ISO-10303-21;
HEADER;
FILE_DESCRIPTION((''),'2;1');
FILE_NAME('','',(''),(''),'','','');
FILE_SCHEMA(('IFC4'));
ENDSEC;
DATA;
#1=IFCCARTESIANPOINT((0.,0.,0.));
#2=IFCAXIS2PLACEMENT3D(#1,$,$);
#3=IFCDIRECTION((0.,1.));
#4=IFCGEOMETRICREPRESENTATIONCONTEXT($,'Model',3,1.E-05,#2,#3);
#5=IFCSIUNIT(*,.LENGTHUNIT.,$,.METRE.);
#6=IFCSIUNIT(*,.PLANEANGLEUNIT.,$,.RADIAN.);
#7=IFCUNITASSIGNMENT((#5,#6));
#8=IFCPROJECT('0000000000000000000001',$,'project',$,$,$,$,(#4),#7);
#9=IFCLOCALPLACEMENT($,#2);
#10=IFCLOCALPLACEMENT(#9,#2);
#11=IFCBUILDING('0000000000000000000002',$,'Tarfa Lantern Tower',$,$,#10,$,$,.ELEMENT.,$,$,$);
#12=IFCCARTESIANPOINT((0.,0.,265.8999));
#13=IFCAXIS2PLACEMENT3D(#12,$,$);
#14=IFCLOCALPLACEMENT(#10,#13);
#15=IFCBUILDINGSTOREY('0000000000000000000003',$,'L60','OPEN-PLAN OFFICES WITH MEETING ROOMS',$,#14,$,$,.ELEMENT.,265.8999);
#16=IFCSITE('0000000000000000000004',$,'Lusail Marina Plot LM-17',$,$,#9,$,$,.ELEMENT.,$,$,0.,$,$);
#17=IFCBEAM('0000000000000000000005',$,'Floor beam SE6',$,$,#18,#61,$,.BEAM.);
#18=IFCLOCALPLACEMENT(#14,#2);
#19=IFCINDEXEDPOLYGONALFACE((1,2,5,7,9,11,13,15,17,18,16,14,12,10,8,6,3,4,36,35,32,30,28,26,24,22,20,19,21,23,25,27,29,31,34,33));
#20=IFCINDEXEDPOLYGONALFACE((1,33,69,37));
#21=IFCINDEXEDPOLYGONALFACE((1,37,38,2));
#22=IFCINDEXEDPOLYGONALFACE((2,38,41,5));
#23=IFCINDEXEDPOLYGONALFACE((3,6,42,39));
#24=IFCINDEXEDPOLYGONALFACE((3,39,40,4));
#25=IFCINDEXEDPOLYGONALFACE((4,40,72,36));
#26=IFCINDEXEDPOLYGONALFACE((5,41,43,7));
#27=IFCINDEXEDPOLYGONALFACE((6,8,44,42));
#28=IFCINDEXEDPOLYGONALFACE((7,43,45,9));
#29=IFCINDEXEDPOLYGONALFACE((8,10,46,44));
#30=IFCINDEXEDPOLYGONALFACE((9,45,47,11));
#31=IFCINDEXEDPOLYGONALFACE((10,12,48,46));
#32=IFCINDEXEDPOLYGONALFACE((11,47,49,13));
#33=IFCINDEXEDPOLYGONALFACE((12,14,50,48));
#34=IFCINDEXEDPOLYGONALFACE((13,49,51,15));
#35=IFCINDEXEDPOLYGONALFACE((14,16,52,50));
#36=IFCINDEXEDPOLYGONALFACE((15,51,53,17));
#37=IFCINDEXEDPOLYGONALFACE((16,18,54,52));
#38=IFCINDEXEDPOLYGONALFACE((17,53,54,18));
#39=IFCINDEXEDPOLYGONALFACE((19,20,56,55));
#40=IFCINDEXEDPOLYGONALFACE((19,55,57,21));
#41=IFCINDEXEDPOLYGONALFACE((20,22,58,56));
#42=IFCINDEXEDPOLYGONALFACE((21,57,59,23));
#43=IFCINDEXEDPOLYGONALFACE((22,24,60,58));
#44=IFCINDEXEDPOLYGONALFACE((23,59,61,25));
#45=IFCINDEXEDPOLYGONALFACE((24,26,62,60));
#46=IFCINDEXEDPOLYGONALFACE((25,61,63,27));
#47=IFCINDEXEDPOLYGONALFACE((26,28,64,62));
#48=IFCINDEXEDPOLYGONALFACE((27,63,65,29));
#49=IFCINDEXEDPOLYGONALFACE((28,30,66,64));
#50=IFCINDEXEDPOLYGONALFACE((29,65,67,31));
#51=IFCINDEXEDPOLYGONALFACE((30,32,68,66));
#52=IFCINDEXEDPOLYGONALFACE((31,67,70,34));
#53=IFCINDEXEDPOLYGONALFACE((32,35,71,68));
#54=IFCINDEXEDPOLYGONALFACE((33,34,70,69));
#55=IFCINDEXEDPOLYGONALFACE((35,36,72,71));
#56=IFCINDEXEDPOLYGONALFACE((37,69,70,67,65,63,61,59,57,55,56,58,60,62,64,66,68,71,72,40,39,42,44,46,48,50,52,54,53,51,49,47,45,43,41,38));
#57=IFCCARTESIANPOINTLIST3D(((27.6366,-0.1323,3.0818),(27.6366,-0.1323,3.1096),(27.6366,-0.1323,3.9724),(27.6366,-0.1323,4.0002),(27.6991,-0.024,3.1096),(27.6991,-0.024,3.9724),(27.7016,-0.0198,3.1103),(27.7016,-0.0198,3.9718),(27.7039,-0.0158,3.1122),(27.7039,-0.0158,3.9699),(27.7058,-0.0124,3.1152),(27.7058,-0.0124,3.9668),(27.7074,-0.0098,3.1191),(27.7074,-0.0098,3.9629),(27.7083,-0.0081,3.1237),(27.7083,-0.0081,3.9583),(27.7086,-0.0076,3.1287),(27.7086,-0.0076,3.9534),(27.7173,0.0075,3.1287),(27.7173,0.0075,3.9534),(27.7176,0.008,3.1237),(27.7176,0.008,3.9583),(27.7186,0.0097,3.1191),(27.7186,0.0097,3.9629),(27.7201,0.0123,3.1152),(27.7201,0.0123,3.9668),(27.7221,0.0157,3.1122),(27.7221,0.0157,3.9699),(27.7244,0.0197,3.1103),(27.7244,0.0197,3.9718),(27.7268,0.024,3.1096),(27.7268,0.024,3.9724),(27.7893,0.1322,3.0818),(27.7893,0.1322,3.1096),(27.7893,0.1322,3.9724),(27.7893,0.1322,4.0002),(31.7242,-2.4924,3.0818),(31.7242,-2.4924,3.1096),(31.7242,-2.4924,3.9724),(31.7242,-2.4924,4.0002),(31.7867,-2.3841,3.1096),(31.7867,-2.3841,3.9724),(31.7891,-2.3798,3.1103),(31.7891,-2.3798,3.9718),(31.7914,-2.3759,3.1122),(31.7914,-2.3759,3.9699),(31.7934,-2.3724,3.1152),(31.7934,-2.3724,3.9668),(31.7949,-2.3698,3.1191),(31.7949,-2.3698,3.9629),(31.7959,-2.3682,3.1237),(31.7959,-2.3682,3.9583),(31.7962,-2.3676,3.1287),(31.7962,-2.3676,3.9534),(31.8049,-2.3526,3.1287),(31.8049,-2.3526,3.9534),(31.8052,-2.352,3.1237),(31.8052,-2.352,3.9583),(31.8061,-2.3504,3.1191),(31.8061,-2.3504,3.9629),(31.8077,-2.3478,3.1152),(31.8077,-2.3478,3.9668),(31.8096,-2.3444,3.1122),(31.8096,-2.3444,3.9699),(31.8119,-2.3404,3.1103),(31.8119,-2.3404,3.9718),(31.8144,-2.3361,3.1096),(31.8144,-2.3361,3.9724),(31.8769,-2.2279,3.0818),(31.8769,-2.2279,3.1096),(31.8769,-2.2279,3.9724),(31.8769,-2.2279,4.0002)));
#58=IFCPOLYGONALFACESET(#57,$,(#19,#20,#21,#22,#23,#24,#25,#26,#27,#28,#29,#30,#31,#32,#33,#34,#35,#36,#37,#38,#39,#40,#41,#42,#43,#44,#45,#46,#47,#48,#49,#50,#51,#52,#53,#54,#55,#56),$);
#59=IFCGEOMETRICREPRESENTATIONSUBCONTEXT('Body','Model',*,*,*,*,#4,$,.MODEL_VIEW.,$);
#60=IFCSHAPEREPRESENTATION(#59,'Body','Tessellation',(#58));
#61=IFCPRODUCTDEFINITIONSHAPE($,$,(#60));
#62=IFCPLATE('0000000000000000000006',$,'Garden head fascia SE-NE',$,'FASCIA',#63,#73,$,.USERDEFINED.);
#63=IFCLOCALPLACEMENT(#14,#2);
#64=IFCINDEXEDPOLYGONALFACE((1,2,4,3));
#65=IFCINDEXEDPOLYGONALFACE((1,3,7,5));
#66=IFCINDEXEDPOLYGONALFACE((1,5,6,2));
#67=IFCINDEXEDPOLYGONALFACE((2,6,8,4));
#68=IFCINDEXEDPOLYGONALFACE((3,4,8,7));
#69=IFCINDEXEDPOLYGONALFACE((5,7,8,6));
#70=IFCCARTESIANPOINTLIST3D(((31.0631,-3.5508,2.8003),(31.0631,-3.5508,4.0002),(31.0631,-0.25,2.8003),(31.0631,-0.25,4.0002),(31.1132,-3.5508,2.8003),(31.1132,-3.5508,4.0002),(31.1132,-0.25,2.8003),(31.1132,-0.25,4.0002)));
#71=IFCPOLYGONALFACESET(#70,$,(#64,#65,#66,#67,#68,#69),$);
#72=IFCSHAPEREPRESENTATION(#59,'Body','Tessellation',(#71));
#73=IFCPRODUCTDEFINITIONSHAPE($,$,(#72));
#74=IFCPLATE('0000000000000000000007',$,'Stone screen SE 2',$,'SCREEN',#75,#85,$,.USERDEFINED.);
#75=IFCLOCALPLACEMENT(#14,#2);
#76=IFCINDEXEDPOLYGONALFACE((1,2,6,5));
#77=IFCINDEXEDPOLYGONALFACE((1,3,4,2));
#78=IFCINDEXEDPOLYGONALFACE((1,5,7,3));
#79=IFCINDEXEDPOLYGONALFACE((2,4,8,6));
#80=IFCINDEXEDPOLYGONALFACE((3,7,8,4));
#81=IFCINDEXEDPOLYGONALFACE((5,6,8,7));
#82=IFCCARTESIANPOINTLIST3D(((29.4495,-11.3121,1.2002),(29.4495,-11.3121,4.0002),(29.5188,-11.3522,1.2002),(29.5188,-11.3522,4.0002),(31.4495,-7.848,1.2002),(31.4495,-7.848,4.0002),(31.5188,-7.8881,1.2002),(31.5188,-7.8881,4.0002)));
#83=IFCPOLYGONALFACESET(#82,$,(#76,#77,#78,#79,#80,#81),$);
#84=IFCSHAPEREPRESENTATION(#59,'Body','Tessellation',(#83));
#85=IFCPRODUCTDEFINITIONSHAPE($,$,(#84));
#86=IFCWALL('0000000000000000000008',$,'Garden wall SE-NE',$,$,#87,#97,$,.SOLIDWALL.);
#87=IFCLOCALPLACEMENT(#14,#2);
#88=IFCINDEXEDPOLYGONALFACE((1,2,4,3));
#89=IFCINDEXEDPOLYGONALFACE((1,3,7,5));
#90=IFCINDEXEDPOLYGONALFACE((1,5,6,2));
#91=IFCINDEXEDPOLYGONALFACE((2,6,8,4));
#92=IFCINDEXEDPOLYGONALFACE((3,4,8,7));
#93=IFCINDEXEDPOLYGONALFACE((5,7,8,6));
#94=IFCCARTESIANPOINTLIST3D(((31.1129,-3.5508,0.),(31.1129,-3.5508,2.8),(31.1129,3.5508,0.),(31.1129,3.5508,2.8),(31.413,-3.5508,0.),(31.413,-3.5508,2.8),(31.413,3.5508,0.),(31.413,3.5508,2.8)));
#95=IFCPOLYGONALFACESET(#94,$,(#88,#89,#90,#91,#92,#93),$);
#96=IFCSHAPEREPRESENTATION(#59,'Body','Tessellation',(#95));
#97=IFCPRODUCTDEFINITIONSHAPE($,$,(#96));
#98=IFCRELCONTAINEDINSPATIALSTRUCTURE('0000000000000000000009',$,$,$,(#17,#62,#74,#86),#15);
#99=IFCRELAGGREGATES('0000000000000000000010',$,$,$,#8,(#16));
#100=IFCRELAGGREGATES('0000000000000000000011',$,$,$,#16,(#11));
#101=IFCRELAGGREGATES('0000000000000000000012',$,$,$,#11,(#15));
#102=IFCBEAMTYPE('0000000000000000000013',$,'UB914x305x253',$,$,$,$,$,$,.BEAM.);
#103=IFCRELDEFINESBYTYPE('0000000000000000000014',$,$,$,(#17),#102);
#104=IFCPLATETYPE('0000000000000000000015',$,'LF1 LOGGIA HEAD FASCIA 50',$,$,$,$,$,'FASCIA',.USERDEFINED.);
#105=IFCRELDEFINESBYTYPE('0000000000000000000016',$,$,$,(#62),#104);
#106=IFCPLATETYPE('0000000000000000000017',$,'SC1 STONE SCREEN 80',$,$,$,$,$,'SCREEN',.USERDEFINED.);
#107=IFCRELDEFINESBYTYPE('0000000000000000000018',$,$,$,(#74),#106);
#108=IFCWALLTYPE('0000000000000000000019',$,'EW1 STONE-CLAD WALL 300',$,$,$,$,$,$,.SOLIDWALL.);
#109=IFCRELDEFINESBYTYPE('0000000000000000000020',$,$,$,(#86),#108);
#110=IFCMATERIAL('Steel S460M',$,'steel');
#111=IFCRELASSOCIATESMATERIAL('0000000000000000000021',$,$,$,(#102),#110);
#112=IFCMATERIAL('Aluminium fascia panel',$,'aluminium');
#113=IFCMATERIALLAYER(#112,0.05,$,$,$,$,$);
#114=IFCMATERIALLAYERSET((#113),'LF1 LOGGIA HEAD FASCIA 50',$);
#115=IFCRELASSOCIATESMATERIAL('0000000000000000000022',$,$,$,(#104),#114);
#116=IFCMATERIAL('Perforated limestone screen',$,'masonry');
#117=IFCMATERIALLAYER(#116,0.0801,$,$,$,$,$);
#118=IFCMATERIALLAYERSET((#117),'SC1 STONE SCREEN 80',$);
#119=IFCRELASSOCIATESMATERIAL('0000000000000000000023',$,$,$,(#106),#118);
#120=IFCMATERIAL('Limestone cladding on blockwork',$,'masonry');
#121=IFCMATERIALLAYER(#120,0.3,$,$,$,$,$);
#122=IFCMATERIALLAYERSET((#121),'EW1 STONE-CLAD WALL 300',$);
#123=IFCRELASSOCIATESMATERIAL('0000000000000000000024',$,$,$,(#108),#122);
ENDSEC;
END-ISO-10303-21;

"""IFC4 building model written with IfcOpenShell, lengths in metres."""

from ifc_helpers import new_model, si_unit, direction, frame, frame_2d, origin, origin_2d, place, context, subcontext, project, spatial, rectangle, i_section, extrude, material, layer, layer_set, material_profile, profile_set, type_object, element, save


model = new_model("IFC4")

# Units and contexts
model_context = context("Model", 3, precision=1e-05, world=origin(), true_north=direction((0.0, 1.0)))
body_context = subcontext(model_context, "Body", "Model", "MODEL_VIEW")
ifc_project = project(units=[si_unit("LENGTHUNIT", "METRE"), si_unit("PLANEANGLEUNIT", "RADIAN")], contexts=[model_context])

# Site, building, storey
site_placement = place(None, origin())
site = spatial("IfcSite", under=ifc_project, at=site_placement, Name="Lusail Marina Plot LM-17", CompositionType="ELEMENT", RefElevation=0.0)
building_placement = place(site_placement, origin())
building = spatial("IfcBuilding", under=site, at=building_placement, Name="Tarfa Lantern Tower", CompositionType="ELEMENT")
storey_placement = place(building_placement, frame((0.0, 0.0, 265.8999)))
storey = spatial("IfcBuildingStorey", under=building, at=storey_placement, Name="L60", Description="OPEN-PLAN OFFICES WITH MEETING ROOMS", CompositionType="ELEMENT", Elevation=265.8999)

# Beam
ifc_material_1 = material(Name="Steel S460M", Category="steel")
ifc_material_profile_1 = material_profile(ifc_material_1, i_section(OverallWidth=0.3054, OverallDepth=0.9185, WebThickness=0.0173, FlangeThickness=0.0278, FilletRadius=0.019, at=origin_2d()), Name="UB914x305x253")
ifc_profile_set_1 = profile_set([ifc_material_profile_1], Name="Steel S460M")
beam_type_1 = type_object("IfcBeamType", Name="UB914x305x253", PredefinedType="BEAM", material=ifc_profile_set_1)
beam_1_placement = place(storey_placement, frame((31.8005, -2.3601, 3.541), z_axis=(-0.866016, 0.500016, 0.0), x_axis=(-0.500016, -0.866016, 0.0)))
element("IfcBeam", 1, at=beam_1_placement, inside=storey, type_object=beam_type_1, Name="Floor beam SE6", PredefinedType="BEAM", context=body_context, shape_type="SweptSolid", body=[
    extrude(i_section(OverallWidth=0.3054, OverallDepth=0.9185, WebThickness=0.0173, FlangeThickness=0.0278, FilletRadius=0.019, at=origin_2d()), origin(), (0.0, 0.0, 1.0), 4.72),
])

# Plates
ifc_material_2 = material(Name="Aluminium fascia panel", Category="aluminium")
ifc_layer_1 = layer(ifc_material_2, 0.05)
ifc_layer_set_1 = layer_set([ifc_layer_1], Name="LF1 LOGGIA HEAD FASCIA 50")
plate_type_1 = type_object("IfcPlateType", Name="LF1 LOGGIA HEAD FASCIA 50", ElementType="FASCIA", PredefinedType="USERDEFINED", material=ifc_layer_set_1)
plate_1_placement = place(storey_placement, frame((31.0881, -1.9004, 2.8003), z_axis=(0.0, 0.0, 1.0), x_axis=(0.0, 1.0, 0.0)))
element("IfcPlate", 2, at=plate_1_placement, inside=storey, type_object=plate_type_1, Name="Garden head fascia SE-NE", ObjectType="FASCIA", PredefinedType="USERDEFINED", context=body_context, shape_type="SweptSolid", body=[
    extrude(rectangle(XDim=3.3008, YDim=0.05, at=origin_2d()), origin(), (0.0, 0.0, 1.0), 1.2),
])
ifc_material_3 = material(Name="Perforated limestone screen", Category="masonry")
ifc_layer_2 = layer(ifc_material_3, 0.0801)
ifc_layer_set_2 = layer_set([ifc_layer_2], Name="SC1 STONE SCREEN 80")
plate_type_2 = type_object("IfcPlateType", Name="SC1 STONE SCREEN 80", ElementType="SCREEN", PredefinedType="USERDEFINED", material=ifc_layer_set_2)
plate_2_placement = place(storey_placement, frame((30.4841, -9.6001, 1.2002), z_axis=(0.0, 0.0, 1.0), x_axis=(0.5, 0.866025, 0.0)))
element("IfcPlate", 3, at=plate_2_placement, inside=storey, type_object=plate_type_2, Name="Stone screen SE 2", ObjectType="SCREEN", PredefinedType="USERDEFINED", context=body_context, shape_type="SweptSolid", body=[
    extrude(rectangle(XDim=4.0, YDim=0.0801, at=origin_2d()), origin(), (0.0, 0.0, 1.0), 2.8),
])

# Wall
ifc_material_4 = material(Name="Limestone cladding on blockwork", Category="masonry")
ifc_layer_3 = layer(ifc_material_4, 0.3)
ifc_layer_set_3 = layer_set([ifc_layer_3], Name="EW1 STONE-CLAD WALL 300")
wall_type = type_object("IfcWallType", Name="EW1 STONE-CLAD WALL 300", PredefinedType="SOLIDWALL", material=ifc_layer_set_3)
wall_placement = place(storey_placement, frame((31.2629, -3.5508, 0.0), z_axis=(0.0, 0.0, 1.0), x_axis=(0.0, 1.0, 0.0)))
element("IfcWall", 4, at=wall_placement, inside=storey, type_object=wall_type, Name="Garden wall SE-NE", PredefinedType="SOLIDWALL", context=body_context, shape_type="SweptSolid", body=[
    extrude(rectangle(XDim=7.1016, YDim=0.3, at=frame_2d((3.5508, 0.0))), origin(), (0.0, 0.0, 1.0), 2.8),
])

save(model, "model.ifc")
